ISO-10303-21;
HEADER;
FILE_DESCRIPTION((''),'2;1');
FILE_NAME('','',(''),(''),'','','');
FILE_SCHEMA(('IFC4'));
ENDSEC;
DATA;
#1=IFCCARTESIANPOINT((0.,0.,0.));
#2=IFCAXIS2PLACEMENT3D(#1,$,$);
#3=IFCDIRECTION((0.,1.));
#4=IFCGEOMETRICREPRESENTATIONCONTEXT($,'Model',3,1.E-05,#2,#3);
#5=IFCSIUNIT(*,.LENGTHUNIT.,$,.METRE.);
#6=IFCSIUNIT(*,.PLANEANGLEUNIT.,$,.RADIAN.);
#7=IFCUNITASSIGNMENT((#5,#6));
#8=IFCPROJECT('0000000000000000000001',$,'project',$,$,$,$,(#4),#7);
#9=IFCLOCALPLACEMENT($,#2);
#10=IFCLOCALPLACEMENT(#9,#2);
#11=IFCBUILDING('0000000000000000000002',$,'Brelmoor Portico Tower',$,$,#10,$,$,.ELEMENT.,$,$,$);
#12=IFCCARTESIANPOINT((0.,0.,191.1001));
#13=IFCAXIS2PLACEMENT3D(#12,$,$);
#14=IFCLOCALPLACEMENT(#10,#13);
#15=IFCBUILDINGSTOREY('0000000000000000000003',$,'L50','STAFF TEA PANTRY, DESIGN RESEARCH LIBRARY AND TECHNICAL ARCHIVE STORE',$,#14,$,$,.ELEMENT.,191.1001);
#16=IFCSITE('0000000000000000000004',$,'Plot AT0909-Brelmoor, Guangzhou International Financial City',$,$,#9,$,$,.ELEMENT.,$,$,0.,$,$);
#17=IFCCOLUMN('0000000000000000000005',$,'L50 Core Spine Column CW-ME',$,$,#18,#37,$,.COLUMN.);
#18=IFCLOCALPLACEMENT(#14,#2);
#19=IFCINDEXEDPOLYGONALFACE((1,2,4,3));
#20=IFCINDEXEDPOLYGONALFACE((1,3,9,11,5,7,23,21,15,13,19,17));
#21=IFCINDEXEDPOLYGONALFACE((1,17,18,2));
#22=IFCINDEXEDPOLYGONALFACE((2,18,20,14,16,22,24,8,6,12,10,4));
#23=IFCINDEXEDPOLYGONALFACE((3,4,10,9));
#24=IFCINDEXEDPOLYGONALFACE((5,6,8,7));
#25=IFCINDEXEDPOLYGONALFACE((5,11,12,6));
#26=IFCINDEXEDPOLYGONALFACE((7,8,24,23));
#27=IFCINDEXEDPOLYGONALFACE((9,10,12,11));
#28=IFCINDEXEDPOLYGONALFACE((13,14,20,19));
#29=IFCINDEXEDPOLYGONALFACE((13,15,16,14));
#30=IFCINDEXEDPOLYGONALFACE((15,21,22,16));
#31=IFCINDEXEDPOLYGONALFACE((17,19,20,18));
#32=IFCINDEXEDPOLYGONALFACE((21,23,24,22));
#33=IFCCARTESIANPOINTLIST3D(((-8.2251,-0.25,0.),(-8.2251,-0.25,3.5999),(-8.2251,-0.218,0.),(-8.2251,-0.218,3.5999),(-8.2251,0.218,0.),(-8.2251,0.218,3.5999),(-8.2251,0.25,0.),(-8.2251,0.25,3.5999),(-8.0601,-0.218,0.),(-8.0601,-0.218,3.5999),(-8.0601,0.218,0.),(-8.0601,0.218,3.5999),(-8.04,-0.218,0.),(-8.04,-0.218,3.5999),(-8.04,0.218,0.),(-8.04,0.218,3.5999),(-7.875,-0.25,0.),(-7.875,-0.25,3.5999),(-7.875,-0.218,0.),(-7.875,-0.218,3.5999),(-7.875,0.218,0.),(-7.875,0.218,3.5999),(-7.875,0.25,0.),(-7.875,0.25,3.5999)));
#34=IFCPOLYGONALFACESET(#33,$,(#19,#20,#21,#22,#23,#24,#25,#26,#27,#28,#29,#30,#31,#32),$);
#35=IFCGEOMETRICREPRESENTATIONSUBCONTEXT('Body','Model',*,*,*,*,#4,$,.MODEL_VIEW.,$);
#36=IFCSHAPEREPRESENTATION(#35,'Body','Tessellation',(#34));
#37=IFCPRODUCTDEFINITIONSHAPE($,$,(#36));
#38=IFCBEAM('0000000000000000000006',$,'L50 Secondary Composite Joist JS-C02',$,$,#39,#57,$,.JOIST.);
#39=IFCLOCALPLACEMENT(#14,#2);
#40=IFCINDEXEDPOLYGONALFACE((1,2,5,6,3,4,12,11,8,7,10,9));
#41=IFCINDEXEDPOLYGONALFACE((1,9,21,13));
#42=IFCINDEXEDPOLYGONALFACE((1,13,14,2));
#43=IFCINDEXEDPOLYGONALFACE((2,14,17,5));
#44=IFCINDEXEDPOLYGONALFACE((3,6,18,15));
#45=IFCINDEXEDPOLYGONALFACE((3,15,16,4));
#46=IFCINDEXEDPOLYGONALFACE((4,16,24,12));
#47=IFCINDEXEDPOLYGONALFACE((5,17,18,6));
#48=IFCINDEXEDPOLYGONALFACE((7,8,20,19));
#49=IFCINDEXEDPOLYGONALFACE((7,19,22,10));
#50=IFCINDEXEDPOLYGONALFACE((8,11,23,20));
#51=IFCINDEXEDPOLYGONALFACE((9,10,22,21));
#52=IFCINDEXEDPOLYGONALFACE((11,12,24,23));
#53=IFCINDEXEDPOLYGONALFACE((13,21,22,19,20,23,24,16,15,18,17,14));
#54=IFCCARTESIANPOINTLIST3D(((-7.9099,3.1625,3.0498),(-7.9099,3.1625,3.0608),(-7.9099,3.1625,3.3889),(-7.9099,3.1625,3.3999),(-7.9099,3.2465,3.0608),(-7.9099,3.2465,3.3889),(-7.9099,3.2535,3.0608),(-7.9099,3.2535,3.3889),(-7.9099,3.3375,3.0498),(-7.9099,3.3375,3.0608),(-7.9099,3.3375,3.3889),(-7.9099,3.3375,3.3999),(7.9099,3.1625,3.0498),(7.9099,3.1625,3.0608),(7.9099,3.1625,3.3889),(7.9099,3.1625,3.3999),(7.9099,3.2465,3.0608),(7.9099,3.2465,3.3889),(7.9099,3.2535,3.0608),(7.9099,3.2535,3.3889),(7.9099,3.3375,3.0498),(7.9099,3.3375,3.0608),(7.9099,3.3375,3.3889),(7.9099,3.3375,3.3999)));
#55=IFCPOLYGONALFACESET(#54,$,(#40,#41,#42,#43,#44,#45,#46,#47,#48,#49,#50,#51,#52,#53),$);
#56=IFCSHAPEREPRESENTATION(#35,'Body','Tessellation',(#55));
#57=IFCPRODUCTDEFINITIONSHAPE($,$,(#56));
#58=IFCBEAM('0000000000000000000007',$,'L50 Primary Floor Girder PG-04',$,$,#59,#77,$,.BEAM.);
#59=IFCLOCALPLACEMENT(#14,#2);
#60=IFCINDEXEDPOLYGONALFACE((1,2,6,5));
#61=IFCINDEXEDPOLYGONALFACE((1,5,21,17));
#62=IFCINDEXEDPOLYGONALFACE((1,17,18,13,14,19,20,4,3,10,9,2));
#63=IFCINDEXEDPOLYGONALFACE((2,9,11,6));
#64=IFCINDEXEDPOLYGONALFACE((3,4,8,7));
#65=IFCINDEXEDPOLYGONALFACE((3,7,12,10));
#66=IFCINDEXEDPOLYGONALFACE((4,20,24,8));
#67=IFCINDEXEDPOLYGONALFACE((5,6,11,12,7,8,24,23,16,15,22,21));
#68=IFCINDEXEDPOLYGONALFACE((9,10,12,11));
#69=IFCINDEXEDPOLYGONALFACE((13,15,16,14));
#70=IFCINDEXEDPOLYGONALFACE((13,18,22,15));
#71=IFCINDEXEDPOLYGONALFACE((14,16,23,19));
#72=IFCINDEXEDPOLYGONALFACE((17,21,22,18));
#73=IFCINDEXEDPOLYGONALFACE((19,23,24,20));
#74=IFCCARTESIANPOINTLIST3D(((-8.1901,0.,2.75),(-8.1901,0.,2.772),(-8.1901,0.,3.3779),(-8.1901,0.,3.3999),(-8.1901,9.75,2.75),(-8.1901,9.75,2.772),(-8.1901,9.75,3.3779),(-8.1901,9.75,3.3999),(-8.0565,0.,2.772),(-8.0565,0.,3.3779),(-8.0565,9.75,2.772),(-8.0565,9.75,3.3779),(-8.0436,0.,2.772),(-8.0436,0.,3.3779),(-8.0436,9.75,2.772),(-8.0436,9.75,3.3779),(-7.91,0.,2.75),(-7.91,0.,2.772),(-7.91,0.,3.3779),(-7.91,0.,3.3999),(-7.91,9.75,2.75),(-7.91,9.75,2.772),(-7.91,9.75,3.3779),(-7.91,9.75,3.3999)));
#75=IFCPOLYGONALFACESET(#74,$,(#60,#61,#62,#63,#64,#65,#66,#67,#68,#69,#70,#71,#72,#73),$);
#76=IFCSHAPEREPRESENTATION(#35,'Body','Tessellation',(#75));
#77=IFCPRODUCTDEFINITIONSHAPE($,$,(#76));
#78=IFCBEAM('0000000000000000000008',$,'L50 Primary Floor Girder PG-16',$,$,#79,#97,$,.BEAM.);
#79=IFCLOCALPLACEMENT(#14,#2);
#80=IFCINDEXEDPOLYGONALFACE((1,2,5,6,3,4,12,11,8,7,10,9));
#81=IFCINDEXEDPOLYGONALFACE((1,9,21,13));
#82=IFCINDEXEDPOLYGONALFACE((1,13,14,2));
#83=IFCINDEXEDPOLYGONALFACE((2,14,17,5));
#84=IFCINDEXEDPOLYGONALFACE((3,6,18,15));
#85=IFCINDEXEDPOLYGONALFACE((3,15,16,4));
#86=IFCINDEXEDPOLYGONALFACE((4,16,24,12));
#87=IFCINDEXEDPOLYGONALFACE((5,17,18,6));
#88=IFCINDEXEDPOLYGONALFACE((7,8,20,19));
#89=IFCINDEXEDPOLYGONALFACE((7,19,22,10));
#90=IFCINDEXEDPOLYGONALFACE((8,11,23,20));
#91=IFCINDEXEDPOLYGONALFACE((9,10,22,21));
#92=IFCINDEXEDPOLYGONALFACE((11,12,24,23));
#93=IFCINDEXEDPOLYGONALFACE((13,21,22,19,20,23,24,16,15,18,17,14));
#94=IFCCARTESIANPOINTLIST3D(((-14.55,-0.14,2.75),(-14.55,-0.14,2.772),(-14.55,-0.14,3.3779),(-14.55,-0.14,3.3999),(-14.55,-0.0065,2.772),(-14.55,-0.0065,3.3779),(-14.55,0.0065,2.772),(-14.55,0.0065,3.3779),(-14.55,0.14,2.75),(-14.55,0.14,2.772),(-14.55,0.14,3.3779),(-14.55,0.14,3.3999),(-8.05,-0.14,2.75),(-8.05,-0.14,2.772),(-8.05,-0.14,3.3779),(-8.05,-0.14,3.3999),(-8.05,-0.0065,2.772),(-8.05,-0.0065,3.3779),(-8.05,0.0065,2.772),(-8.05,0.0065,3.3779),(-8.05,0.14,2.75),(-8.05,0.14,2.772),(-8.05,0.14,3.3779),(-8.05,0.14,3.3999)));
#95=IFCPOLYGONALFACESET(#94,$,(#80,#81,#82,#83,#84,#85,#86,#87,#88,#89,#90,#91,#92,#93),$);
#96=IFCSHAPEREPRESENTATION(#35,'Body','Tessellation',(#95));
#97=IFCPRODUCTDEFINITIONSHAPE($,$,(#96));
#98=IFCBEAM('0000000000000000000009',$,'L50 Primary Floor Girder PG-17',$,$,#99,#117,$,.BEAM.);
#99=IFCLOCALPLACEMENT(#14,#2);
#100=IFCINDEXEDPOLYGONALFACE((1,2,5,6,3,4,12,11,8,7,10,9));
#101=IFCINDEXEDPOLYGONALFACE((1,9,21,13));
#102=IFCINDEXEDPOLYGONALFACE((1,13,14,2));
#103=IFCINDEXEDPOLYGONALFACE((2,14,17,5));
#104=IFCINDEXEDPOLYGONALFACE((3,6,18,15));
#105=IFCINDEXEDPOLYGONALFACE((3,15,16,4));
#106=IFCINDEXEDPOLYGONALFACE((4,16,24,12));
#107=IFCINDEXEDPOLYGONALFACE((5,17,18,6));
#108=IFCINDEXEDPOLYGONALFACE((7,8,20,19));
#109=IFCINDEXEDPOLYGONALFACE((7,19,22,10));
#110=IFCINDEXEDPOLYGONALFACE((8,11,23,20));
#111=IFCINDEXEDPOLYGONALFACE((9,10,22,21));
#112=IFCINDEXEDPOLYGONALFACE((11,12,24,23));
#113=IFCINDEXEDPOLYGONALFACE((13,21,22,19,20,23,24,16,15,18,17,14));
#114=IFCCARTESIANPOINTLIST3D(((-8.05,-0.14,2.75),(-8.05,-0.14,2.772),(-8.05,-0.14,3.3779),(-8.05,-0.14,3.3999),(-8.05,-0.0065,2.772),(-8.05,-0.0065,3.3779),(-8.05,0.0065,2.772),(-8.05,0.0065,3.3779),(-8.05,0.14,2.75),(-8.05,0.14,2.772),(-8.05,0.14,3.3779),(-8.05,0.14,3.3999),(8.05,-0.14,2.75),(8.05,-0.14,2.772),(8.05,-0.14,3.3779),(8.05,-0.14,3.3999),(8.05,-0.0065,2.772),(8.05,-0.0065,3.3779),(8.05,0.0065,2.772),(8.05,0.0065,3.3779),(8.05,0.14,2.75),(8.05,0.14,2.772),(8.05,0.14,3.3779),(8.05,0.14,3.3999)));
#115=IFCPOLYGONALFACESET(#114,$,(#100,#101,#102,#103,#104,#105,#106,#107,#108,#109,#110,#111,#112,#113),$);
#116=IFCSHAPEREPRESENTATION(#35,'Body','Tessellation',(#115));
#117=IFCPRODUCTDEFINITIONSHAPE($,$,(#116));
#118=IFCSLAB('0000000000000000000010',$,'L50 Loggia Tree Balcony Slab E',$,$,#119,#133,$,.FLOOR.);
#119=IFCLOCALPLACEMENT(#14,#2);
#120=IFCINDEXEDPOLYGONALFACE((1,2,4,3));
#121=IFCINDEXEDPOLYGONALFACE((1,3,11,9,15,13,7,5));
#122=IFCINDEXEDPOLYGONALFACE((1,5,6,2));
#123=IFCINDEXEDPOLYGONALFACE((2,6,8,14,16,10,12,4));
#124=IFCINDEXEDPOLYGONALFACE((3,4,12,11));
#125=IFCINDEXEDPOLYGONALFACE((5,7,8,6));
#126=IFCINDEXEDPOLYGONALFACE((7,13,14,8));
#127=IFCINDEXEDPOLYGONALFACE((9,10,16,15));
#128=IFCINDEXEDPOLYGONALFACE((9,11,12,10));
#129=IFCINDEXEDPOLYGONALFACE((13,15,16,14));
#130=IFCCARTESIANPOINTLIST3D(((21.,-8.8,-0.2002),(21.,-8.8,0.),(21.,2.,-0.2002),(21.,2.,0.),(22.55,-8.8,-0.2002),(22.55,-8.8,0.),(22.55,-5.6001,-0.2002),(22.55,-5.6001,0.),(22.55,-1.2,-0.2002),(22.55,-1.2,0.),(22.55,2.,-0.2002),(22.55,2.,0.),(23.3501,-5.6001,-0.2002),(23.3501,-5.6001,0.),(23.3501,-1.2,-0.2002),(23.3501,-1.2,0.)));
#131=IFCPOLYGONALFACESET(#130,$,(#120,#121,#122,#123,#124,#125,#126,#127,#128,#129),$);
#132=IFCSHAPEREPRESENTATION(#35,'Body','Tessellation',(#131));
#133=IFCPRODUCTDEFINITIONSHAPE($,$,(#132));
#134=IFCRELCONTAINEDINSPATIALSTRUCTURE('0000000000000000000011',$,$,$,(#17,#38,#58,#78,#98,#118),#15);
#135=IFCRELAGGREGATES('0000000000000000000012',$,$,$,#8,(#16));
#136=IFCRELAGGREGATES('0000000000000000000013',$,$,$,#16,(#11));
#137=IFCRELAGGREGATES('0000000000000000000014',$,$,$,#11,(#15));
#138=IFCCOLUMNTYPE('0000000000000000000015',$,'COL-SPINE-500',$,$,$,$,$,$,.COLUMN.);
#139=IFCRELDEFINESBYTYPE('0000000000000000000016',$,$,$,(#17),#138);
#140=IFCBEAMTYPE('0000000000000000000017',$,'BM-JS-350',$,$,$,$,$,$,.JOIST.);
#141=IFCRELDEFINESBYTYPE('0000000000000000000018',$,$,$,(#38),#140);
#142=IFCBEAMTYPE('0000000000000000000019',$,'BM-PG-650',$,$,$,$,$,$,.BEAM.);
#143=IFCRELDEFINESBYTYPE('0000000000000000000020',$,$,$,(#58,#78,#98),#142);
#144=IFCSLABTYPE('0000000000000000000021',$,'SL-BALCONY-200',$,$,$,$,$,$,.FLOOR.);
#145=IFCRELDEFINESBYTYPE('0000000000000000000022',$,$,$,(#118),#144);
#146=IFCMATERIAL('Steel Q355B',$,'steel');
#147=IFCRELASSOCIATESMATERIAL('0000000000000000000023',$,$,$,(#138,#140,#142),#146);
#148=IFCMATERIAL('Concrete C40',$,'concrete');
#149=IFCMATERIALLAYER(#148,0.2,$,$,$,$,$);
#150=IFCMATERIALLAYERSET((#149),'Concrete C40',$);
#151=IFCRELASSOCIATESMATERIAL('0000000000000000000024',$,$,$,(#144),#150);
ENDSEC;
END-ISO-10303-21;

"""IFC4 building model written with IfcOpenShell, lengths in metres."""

from ifc_helpers import new_model, si_unit, direction, frame, origin, origin_2d, place, context, subcontext, project, spatial, polyline, i_section, outline, extrude, material, layer, layer_set, material_profile, profile_set, type_object, element, save


model = new_model("IFC4")

# Units and contexts
model_context = context("Model", 3, precision=1e-05, world=origin(), true_north=direction((0.0, 1.0)))
body_context = subcontext(model_context, "Body", "Model", "MODEL_VIEW")
ifc_project = project(units=[si_unit("LENGTHUNIT", "METRE"), si_unit("PLANEANGLEUNIT", "RADIAN")], contexts=[model_context])

# Site, building, storey
site_placement = place(None, origin())
site = spatial("IfcSite", under=ifc_project, at=site_placement, Name="Plot AT0909-Brelmoor, Guangzhou International Financial City", CompositionType="ELEMENT", RefElevation=0.0)
building_placement = place(site_placement, origin())
building = spatial("IfcBuilding", under=site, at=building_placement, Name="Brelmoor Portico Tower", CompositionType="ELEMENT")
storey_placement = place(building_placement, frame((0.0, 0.0, 191.1001)))
storey = spatial("IfcBuildingStorey", under=building, at=storey_placement, Name="L50", Description="STAFF TEA PANTRY, DESIGN RESEARCH LIBRARY AND TECHNICAL ARCHIVE STORE", CompositionType="ELEMENT", Elevation=191.1001)

# Column
ifc_material_1 = material(Name="Steel Q355B", Category="steel")
ifc_material_profile_1 = material_profile(ifc_material_1, i_section(OverallWidth=0.3501, OverallDepth=0.5, WebThickness=0.02, FlangeThickness=0.032, at=origin_2d()), Name="HW 500x350x20x32")
ifc_profile_set_1 = profile_set([ifc_material_profile_1], Name="Steel Q355B")
column_type = type_object("IfcColumnType", Name="COL-SPINE-500", PredefinedType="COLUMN", material=ifc_profile_set_1)
column_placement = place(storey_placement, frame((-8.05, 0.0, 0.0), z_axis=(0.0, 0.0, 1.0), x_axis=(1.0, 0.0, 0.0)))
element("IfcColumn", 1, at=column_placement, inside=storey, type_object=column_type, Name="L50 Core Spine Column CW-ME", PredefinedType="COLUMN", context=body_context, shape_type="SweptSolid", body=[
    extrude(i_section(OverallWidth=0.3501, OverallDepth=0.5, WebThickness=0.02, FlangeThickness=0.032, at=origin_2d()), origin(), (0.0, 0.0, 1.0), 3.5999),
])

# Beams
ifc_material_profile_2 = material_profile(ifc_material_1, i_section(OverallWidth=0.175, OverallDepth=0.3501, WebThickness=0.0071, FlangeThickness=0.011, at=origin_2d()), Name="HN 350x175x7x11")
ifc_profile_set_2 = profile_set([ifc_material_profile_2], Name="Steel Q355B")
beam_type_1 = type_object("IfcBeamType", Name="BM-JS-350", PredefinedType="JOIST", material=ifc_profile_set_2)
beam_1_placement = place(storey_placement, frame((-7.9099, 3.25, 3.2249), z_axis=(1.0, 0.0, 0.0), x_axis=(0.0, 1.0, 0.0)))
element("IfcBeam", 2, at=beam_1_placement, inside=storey, type_object=beam_type_1, Name="L50 Secondary Composite Joist JS-C02", PredefinedType="JOIST", context=body_context, shape_type="SweptSolid", body=[
    extrude(i_section(OverallWidth=0.175, OverallDepth=0.3501, WebThickness=0.0071, FlangeThickness=0.011, at=origin_2d()), origin(), (0.0, 0.0, 1.0), 15.8198),
])
ifc_material_profile_3 = material_profile(ifc_material_1, i_section(OverallWidth=0.28, OverallDepth=0.6499, WebThickness=0.0129, FlangeThickness=0.022, at=origin_2d()), Name="HN 650x280x13x22")
ifc_profile_set_3 = profile_set([ifc_material_profile_3], Name="Steel Q355B")
beam_type_2 = type_object("IfcBeamType", Name="BM-PG-650", PredefinedType="BEAM", material=ifc_profile_set_3)
beam_2_placement = place(storey_placement, frame((-8.05, 0.0, 3.075), z_axis=(0.0, 1.0, 0.0), x_axis=(-1.0, 0.0, 0.0)))
element("IfcBeam", 3, at=beam_2_placement, inside=storey, type_object=beam_type_2, Name="L50 Primary Floor Girder PG-04", PredefinedType="BEAM", context=body_context, shape_type="SweptSolid", body=[
    extrude(i_section(OverallWidth=0.28, OverallDepth=0.6499, WebThickness=0.0129, FlangeThickness=0.022, at=origin_2d()), origin(), (0.0, 0.0, 1.0), 9.75),
])
beam_3_placement = place(storey_placement, frame((-14.55, 0.0, 3.075), z_axis=(1.0, 0.0, 0.0), x_axis=(0.0, 1.0, 0.0)))
element("IfcBeam", 4, at=beam_3_placement, inside=storey, type_object=beam_type_2, Name="L50 Primary Floor Girder PG-16", PredefinedType="BEAM", context=body_context, shape_type="SweptSolid", body=[
    extrude(i_section(OverallWidth=0.28, OverallDepth=0.6499, WebThickness=0.0129, FlangeThickness=0.022, at=origin_2d()), origin(), (0.0, 0.0, 1.0), 6.5),
])
beam_4_placement = place(storey_placement, frame((-8.05, 0.0, 3.075), z_axis=(1.0, 0.0, 0.0), x_axis=(0.0, 1.0, 0.0)))
element("IfcBeam", 5, at=beam_4_placement, inside=storey, type_object=beam_type_2, Name="L50 Primary Floor Girder PG-17", PredefinedType="BEAM", context=body_context, shape_type="SweptSolid", body=[
    extrude(i_section(OverallWidth=0.28, OverallDepth=0.6499, WebThickness=0.0129, FlangeThickness=0.022, at=origin_2d()), origin(), (0.0, 0.0, 1.0), 16.1001),
])

# Slab
ifc_material_2 = material(Name="Concrete C40", Category="concrete")
ifc_layer_1 = layer(ifc_material_2, 0.2)
ifc_layer_set_1 = layer_set([ifc_layer_1], Name="Concrete C40")
slab_type_1 = type_object("IfcSlabType", Name="SL-BALCONY-200", PredefinedType="FLOOR", material=ifc_layer_set_1)
slab_1_placement = place(storey_placement, frame((0.0, 0.0, -0.2002)))
element("IfcSlab", 6, at=slab_1_placement, inside=storey, type_object=slab_type_1, Name="L50 Loggia Tree Balcony Slab E", PredefinedType="FLOOR", context=body_context, shape_type="SweptSolid", body=[
    extrude(outline(polyline([(21.0, -8.8), (22.55, -8.8), (22.55, -5.6001), (23.3501, -5.6001), (23.3501, -1.2), (22.55, -1.2), (22.55, 2.0), (21.0, 2.0), (21.0, -8.8)])), origin(), (0.0, 0.0, 1.0), 0.2002),
])

save(model, "model.ifc")
